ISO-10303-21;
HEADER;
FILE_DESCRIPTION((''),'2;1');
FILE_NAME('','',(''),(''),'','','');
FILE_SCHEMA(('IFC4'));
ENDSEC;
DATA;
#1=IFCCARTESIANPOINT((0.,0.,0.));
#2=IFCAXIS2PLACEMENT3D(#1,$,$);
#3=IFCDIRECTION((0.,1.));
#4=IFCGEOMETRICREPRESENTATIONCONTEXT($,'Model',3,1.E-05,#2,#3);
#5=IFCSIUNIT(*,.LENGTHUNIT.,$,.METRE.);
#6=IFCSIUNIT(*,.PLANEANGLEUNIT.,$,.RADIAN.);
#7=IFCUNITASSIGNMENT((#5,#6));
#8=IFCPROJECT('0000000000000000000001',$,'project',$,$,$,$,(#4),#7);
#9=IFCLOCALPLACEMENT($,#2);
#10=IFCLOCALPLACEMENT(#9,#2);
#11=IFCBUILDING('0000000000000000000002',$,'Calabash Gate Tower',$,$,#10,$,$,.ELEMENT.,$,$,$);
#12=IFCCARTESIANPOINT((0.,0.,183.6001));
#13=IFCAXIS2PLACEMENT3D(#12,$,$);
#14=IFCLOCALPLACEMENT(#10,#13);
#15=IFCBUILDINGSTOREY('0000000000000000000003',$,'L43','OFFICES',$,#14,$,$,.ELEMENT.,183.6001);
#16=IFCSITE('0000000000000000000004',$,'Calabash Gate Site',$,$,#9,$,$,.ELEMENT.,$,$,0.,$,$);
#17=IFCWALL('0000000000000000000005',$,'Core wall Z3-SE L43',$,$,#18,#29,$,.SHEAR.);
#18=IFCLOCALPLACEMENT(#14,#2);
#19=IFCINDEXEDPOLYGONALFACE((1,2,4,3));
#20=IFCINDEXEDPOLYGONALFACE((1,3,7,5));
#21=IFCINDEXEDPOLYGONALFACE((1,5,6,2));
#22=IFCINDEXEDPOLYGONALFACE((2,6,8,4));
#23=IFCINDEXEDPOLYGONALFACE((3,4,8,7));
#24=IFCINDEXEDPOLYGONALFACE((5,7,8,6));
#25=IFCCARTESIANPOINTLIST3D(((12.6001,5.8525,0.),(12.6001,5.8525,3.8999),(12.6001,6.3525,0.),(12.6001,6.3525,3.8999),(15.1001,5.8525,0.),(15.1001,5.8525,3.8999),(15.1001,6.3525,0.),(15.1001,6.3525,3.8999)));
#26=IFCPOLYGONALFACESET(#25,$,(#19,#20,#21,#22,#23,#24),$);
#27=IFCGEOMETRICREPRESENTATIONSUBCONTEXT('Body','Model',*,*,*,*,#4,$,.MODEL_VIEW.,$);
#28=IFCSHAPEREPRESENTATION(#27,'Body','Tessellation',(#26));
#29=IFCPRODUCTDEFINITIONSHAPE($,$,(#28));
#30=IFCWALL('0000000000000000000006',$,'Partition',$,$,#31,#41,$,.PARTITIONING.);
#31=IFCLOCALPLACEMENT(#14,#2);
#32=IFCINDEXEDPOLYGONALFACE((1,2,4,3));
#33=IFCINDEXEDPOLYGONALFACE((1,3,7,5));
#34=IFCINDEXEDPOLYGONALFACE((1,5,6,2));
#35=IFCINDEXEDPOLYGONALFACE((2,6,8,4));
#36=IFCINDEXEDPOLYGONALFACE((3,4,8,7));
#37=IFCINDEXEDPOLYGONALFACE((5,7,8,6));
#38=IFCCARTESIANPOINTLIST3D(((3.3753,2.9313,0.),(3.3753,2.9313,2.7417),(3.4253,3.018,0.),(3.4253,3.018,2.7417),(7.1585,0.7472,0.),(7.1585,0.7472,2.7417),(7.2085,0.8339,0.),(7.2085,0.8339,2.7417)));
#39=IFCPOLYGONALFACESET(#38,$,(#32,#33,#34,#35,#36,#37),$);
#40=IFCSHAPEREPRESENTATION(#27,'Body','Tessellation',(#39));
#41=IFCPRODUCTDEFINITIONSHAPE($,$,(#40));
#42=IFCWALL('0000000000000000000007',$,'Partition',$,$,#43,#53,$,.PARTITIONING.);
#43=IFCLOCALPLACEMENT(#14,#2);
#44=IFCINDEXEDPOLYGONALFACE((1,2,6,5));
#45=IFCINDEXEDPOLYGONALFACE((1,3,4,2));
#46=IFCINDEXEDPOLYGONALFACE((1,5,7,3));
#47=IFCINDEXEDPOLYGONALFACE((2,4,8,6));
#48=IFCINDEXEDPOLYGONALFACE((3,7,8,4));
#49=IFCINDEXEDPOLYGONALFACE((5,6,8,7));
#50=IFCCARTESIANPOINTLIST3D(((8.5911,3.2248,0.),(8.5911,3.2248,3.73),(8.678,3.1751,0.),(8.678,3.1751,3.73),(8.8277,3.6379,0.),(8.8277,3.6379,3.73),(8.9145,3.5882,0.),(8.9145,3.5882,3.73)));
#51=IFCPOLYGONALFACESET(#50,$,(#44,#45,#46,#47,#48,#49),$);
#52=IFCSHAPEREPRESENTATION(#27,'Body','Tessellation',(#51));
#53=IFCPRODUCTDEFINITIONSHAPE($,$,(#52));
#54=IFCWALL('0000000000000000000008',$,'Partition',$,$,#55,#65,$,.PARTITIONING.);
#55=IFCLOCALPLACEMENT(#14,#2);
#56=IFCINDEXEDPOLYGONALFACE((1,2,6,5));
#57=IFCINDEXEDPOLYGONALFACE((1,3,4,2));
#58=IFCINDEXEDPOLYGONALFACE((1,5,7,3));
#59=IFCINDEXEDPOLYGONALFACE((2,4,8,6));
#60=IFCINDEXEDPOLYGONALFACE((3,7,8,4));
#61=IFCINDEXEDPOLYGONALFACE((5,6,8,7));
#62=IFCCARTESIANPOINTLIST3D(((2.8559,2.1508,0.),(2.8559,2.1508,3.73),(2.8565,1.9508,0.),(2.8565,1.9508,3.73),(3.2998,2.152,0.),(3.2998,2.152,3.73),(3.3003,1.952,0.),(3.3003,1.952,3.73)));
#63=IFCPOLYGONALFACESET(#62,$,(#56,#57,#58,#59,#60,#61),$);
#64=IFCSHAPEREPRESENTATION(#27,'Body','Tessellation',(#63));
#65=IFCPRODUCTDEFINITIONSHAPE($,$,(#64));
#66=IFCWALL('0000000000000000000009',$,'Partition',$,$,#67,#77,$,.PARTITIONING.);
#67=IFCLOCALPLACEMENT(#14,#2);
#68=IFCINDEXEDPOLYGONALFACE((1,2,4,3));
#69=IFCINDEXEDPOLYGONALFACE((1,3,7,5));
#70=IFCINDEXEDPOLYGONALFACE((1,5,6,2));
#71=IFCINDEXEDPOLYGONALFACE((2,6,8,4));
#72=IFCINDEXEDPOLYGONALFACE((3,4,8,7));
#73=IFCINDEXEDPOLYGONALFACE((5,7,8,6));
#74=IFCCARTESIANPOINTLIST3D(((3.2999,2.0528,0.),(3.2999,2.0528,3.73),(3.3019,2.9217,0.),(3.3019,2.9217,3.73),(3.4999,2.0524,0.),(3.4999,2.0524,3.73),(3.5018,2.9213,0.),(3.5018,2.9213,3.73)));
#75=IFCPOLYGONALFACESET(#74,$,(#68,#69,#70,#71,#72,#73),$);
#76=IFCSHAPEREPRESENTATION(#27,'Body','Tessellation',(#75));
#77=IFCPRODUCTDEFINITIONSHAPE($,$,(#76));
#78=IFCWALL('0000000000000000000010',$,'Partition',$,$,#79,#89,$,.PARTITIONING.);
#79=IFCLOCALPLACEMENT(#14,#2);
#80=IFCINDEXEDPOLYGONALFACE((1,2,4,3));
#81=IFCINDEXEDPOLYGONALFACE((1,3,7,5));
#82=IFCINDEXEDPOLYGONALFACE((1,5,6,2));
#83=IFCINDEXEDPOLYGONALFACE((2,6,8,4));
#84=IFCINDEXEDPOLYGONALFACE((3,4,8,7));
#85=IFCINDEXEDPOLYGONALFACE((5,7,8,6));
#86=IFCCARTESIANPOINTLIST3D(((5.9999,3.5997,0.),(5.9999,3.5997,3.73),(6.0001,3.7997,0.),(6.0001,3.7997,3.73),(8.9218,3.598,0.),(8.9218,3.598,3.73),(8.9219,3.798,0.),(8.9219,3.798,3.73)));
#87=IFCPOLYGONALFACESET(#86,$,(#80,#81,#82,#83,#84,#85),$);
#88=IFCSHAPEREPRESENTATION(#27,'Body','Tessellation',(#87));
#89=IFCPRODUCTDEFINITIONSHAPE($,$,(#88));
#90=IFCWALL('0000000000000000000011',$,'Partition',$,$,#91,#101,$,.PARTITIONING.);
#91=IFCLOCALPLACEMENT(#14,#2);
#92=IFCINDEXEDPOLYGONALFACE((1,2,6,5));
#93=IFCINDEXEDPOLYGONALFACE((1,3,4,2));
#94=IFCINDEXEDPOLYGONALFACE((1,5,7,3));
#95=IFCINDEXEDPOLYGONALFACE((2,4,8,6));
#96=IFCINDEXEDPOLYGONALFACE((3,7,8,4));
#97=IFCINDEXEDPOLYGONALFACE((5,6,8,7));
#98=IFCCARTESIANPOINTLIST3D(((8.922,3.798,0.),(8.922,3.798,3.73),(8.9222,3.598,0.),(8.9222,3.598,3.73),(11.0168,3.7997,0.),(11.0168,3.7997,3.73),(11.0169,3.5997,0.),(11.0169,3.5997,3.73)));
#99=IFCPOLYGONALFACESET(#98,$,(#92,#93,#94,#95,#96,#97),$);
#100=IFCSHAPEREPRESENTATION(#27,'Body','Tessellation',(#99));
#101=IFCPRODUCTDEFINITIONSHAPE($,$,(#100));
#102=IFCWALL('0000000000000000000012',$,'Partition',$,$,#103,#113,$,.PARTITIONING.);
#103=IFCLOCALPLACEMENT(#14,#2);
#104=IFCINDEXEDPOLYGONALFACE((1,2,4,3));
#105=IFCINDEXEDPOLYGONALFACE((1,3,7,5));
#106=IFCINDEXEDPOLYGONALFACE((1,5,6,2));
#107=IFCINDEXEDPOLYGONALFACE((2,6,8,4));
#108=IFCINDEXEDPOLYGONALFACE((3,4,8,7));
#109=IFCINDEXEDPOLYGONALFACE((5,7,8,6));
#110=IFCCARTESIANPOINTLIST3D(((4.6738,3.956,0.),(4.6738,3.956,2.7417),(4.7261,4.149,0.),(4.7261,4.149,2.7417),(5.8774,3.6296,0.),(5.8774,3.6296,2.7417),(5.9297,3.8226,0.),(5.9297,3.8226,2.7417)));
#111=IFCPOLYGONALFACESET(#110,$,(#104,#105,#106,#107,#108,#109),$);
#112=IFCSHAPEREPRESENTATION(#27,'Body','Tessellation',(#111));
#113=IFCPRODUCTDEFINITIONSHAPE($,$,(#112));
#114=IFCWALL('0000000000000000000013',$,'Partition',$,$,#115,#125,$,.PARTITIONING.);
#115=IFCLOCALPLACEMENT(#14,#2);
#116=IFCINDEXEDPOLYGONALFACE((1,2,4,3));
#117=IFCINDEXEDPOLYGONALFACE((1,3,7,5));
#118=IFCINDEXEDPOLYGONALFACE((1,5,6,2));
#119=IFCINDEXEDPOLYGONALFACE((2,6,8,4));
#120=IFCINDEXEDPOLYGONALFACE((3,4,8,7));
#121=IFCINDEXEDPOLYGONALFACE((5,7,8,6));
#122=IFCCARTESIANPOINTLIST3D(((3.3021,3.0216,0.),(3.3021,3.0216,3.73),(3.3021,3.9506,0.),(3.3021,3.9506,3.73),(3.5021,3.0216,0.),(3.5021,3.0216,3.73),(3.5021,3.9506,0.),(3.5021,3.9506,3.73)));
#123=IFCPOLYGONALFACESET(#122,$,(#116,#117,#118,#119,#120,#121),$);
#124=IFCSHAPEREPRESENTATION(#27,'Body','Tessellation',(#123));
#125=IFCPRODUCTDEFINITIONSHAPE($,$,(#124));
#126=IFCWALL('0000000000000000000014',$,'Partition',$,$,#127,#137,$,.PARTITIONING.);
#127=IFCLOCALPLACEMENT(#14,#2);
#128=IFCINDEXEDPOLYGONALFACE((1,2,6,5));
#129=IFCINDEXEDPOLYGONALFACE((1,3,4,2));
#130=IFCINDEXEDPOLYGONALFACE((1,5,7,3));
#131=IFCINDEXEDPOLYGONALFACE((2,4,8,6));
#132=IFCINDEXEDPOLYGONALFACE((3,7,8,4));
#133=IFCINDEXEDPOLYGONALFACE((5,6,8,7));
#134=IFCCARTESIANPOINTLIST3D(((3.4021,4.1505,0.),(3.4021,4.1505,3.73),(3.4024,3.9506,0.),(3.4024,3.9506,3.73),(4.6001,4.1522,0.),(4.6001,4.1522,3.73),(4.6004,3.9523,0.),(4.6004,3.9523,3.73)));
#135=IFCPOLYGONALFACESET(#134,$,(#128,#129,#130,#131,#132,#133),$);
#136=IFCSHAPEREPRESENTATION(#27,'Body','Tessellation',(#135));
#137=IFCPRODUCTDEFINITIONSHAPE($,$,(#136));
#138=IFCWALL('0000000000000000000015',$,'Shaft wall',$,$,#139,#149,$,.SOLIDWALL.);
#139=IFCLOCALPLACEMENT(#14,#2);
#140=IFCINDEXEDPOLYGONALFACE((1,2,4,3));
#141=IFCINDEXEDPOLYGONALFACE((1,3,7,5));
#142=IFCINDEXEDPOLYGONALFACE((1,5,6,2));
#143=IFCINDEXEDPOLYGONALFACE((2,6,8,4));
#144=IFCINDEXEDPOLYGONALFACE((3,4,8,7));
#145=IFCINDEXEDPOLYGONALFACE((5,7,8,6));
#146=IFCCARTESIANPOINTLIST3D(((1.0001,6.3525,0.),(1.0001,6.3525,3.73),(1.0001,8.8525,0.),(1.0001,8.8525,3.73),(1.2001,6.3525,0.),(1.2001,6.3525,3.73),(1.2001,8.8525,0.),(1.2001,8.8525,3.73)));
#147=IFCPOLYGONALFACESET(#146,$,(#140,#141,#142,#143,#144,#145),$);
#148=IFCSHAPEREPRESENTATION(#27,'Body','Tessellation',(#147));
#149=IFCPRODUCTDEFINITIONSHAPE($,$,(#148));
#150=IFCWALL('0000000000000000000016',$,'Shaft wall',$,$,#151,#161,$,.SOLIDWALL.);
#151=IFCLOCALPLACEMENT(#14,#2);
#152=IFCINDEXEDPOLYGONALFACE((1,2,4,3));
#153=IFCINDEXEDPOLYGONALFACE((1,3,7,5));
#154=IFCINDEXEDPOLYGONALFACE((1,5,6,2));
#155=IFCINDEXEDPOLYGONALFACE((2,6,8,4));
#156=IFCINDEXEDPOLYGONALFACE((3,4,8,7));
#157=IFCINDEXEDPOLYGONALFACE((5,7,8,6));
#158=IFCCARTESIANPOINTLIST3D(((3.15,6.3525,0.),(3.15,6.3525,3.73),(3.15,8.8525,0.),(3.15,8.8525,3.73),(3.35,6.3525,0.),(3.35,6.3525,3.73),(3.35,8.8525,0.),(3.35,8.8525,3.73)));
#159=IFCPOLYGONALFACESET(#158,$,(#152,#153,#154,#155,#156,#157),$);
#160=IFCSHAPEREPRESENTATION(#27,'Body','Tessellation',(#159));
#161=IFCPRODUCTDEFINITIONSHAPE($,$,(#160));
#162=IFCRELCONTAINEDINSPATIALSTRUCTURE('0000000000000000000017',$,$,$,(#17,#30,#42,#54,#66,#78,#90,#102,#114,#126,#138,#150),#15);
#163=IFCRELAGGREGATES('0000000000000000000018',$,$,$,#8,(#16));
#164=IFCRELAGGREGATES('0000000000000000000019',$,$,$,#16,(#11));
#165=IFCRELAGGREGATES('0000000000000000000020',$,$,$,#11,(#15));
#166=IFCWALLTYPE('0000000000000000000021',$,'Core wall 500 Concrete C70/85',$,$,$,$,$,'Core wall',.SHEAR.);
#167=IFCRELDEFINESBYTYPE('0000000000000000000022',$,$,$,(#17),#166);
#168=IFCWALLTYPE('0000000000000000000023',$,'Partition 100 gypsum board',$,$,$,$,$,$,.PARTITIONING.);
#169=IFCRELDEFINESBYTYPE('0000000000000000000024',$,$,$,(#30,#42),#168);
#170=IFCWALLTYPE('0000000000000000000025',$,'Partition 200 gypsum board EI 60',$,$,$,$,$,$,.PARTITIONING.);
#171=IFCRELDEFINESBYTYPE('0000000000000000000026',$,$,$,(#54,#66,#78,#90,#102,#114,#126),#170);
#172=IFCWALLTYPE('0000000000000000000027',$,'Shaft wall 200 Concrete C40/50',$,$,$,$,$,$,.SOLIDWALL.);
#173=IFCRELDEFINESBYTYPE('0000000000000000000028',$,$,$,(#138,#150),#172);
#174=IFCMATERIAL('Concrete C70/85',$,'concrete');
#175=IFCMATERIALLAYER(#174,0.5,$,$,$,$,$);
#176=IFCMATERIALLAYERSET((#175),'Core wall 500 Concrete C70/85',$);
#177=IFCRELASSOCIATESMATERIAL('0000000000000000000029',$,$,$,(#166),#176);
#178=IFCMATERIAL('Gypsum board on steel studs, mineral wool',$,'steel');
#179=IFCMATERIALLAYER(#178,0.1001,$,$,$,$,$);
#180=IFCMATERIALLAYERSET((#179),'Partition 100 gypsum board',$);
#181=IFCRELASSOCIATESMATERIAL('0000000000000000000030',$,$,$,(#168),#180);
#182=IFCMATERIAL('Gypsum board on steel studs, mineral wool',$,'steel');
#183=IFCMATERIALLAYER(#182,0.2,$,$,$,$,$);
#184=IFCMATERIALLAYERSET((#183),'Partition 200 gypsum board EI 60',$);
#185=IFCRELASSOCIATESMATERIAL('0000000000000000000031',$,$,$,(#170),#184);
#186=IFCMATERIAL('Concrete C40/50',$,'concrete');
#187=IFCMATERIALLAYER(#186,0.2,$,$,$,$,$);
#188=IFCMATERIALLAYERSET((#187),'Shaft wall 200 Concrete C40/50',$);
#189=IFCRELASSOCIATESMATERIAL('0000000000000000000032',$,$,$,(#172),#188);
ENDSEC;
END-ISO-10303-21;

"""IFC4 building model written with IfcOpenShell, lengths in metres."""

from ifc_helpers import new_model, si_unit, direction, frame, frame_2d, origin, place, context, subcontext, project, spatial, rectangle, extrude, material, layer, layer_set, type_object, element, save


model = new_model("IFC4")

# Units and contexts
model_context = context("Model", 3, precision=1e-05, world=origin(), true_north=direction((0.0, 1.0)))
body_context = subcontext(model_context, "Body", "Model", "MODEL_VIEW")
ifc_project = project(units=[si_unit("LENGTHUNIT", "METRE"), si_unit("PLANEANGLEUNIT", "RADIAN")], contexts=[model_context])

# Site, building, storey
site_placement = place(None, origin())
site = spatial("IfcSite", under=ifc_project, at=site_placement, Name="Calabash Gate Site", CompositionType="ELEMENT", RefElevation=0.0)
building_placement = place(site_placement, origin())
building = spatial("IfcBuilding", under=site, at=building_placement, Name="Calabash Gate Tower", CompositionType="ELEMENT")
storey_placement = place(building_placement, frame((0.0, 0.0, 183.6001)))
storey = spatial("IfcBuildingStorey", under=building, at=storey_placement, Name="L43", Description="OFFICES", CompositionType="ELEMENT", Elevation=183.6001)

# Shared definitions
ifc_material_1 = material(Name="Concrete C70/85", Category="concrete")
ifc_layer_1 = layer(ifc_material_1, 0.5)
ifc_layer_set_1 = layer_set([ifc_layer_1], Name="Core wall 500 Concrete C70/85")
wall_type_1 = type_object("IfcWallType", Name="Core wall 500 Concrete C70/85", ElementType="Core wall", PredefinedType="SHEAR", material=ifc_layer_set_1)

# Walls
wall_1_placement = place(storey_placement, frame((12.6001, 6.1025, 0.0), z_axis=(0.0, 0.0, 1.0), x_axis=(1.0, 0.0, 0.0)))
element("IfcWall", 1, at=wall_1_placement, inside=storey, type_object=wall_type_1, Name="Core wall Z3-SE L43", PredefinedType="SHEAR", context=body_context, shape_type="SweptSolid", body=[
    extrude(rectangle(XDim=2.5, YDim=0.5, at=frame_2d((1.25, 0.0))), origin(), (0.0, 0.0, 1.0), 3.8999),
])
ifc_material_2 = material(Name="Gypsum board on steel studs, mineral wool", Category="steel")
ifc_layer_2 = layer(ifc_material_2, 0.1001)
ifc_layer_set_2 = layer_set([ifc_layer_2], Name="Partition 100 gypsum board")
wall_type_2 = type_object("IfcWallType", Name="Partition 100 gypsum board", PredefinedType="PARTITIONING", material=ifc_layer_set_2)
wall_2_placement = place(storey_placement, frame((3.4004, 2.9746, 0.0), z_axis=(0.0, 0.0, 1.0), x_axis=(0.86604, -0.499974, 0.0)))
element("IfcWall", 2, at=wall_2_placement, inside=storey, type_object=wall_type_2, Name="Partition", PredefinedType="PARTITIONING", context=body_context, shape_type="SweptSolid", body=[
    extrude(rectangle(XDim=4.3684, YDim=0.1001, at=frame_2d((2.1841, 0.0))), origin(), (0.0, 0.0, 1.0), 2.7417),
])
wall_3_placement = place(storey_placement, frame((8.6345, 3.2, 0.0), z_axis=(0.0, 0.0, 1.0), x_axis=(0.496967, 0.867769, 0.0)))
element("IfcWall", 3, at=wall_3_placement, inside=storey, type_object=wall_type_2, Name="Partition", PredefinedType="PARTITIONING", context=body_context, shape_type="SweptSolid", body=[
    extrude(rectangle(XDim=0.4761, YDim=0.1001, at=frame_2d((0.238, 0.0))), origin(), (0.0, 0.0, 1.0), 3.73),
])
ifc_material_3 = material(Name="Gypsum board on steel studs, mineral wool", Category="steel")
ifc_layer_3 = layer(ifc_material_3, 0.2)
ifc_layer_set_3 = layer_set([ifc_layer_3], Name="Partition 200 gypsum board EI 60")
wall_type_3 = type_object("IfcWallType", Name="Partition 200 gypsum board EI 60", PredefinedType="PARTITIONING", material=ifc_layer_set_3)
wall_4_placement = place(storey_placement, frame((2.8562, 2.0508, 0.0), z_axis=(0.0, 0.0, 1.0), x_axis=(0.999996, 0.00275, 0.0)))
element("IfcWall", 4, at=wall_4_placement, inside=storey, type_object=wall_type_3, Name="Partition", PredefinedType="PARTITIONING", context=body_context, shape_type="SweptSolid", body=[
    extrude(rectangle(XDim=0.4438, YDim=0.2, at=frame_2d((0.2219, 0.0))), origin(), (0.0, 0.0, 1.0), 3.73),
])
wall_5_placement = place(storey_placement, frame((3.3999, 2.0525, 0.0), z_axis=(0.0, 0.0, 1.0), x_axis=(0.002248, 0.999997, 0.0)))
element("IfcWall", 5, at=wall_5_placement, inside=storey, type_object=wall_type_3, Name="Partition", PredefinedType="PARTITIONING", context=body_context, shape_type="SweptSolid", body=[
    extrude(rectangle(XDim=0.8689, YDim=0.2, at=frame_2d((0.4346, 0.0))), origin(), (0.0, 0.0, 1.0), 3.73),
])
wall_6_placement = place(storey_placement, frame((6.0, 3.6997, 0.0), z_axis=(0.0, 0.0, 1.0), x_axis=(1.0, -0.000585, 0.0)))
element("IfcWall", 6, at=wall_6_placement, inside=storey, type_object=wall_type_3, Name="Partition", PredefinedType="PARTITIONING", context=body_context, shape_type="SweptSolid", body=[
    extrude(rectangle(XDim=2.9219, YDim=0.2, at=frame_2d((1.4609, 0.0))), origin(), (0.0, 0.0, 1.0), 3.73),
])
wall_7_placement = place(storey_placement, frame((8.9221, 3.698, 0.0), z_axis=(0.0, 0.0, 1.0), x_axis=(1.0, 0.000816, 0.0)))
element("IfcWall", 7, at=wall_7_placement, inside=storey, type_object=wall_type_3, Name="Partition", PredefinedType="PARTITIONING", context=body_context, shape_type="SweptSolid", body=[
    extrude(rectangle(XDim=2.0947, YDim=0.2, at=frame_2d((1.0474, 0.0))), origin(), (0.0, 0.0, 1.0), 3.73),
])
wall_8_placement = place(storey_placement, frame((4.7, 4.0525, 0.0), z_axis=(0.0, 0.0, 1.0), x_axis=(0.965138, -0.261742, 0.0)))
element("IfcWall", 8, at=wall_8_placement, inside=storey, type_object=wall_type_3, Name="Partition", PredefinedType="PARTITIONING", context=body_context, shape_type="SweptSolid", body=[
    extrude(rectangle(XDim=1.2471, YDim=0.2, at=frame_2d((0.6235, 0.0))), origin(), (0.0, 0.0, 1.0), 2.7417),
])
wall_9_placement = place(storey_placement, frame((3.4021, 3.0217, 0.0), z_axis=(0.0, 0.0, 1.0), x_axis=(0.0, 1.0, 0.0)))
element("IfcWall", 9, at=wall_9_placement, inside=storey, type_object=wall_type_3, Name="Partition", PredefinedType="PARTITIONING", context=body_context, shape_type="SweptSolid", body=[
    extrude(rectangle(XDim=0.929, YDim=0.2, at=frame_2d((0.4644, 0.0))), origin(), (0.0, 0.0, 1.0), 3.73),
])
wall_10_placement = place(storey_placement, frame((3.4021, 4.0505, 0.0), z_axis=(0.0, 0.0, 1.0), x_axis=(0.999999, 0.001427, 0.0)))
element("IfcWall", 10, at=wall_10_placement, inside=storey, type_object=wall_type_3, Name="Partition", PredefinedType="PARTITIONING", context=body_context, shape_type="SweptSolid", body=[
    extrude(rectangle(XDim=1.198, YDim=0.2, at=frame_2d((0.5991, 0.0))), origin(), (0.0, 0.0, 1.0), 3.73),
])
ifc_material_4 = material(Name="Concrete C40/50", Category="concrete")
ifc_layer_4 = layer(ifc_material_4, 0.2)
ifc_layer_set_4 = layer_set([ifc_layer_4], Name="Shaft wall 200 Concrete C40/50")
wall_type_4 = type_object("IfcWallType", Name="Shaft wall 200 Concrete C40/50", PredefinedType="SOLIDWALL", material=ifc_layer_set_4)
for number, where, z_axis, x_axis, name in (
    (11, (1.1001, 6.3525, 0.0), (0.0, 0.0, 1.0), (0.0, 1.0, 0.0), "Shaft wall"),
    (12, (3.25, 6.3525, 0.0), (0.0, 0.0, 1.0), (0.0, 1.0, 0.0), "Shaft wall"),
):
    element("IfcWall", number, at=place(storey_placement, frame(where, z_axis=z_axis, x_axis=x_axis)), inside=storey, type_object=wall_type_4, Name=name, PredefinedType="SOLIDWALL", context=body_context, shape_type="SweptSolid", body=[
        extrude(rectangle(XDim=2.5, YDim=0.2, at=frame_2d((1.25, 0.0))), origin(), (0.0, 0.0, 1.0), 3.73),
    ])

save(model, "model.ifc")
